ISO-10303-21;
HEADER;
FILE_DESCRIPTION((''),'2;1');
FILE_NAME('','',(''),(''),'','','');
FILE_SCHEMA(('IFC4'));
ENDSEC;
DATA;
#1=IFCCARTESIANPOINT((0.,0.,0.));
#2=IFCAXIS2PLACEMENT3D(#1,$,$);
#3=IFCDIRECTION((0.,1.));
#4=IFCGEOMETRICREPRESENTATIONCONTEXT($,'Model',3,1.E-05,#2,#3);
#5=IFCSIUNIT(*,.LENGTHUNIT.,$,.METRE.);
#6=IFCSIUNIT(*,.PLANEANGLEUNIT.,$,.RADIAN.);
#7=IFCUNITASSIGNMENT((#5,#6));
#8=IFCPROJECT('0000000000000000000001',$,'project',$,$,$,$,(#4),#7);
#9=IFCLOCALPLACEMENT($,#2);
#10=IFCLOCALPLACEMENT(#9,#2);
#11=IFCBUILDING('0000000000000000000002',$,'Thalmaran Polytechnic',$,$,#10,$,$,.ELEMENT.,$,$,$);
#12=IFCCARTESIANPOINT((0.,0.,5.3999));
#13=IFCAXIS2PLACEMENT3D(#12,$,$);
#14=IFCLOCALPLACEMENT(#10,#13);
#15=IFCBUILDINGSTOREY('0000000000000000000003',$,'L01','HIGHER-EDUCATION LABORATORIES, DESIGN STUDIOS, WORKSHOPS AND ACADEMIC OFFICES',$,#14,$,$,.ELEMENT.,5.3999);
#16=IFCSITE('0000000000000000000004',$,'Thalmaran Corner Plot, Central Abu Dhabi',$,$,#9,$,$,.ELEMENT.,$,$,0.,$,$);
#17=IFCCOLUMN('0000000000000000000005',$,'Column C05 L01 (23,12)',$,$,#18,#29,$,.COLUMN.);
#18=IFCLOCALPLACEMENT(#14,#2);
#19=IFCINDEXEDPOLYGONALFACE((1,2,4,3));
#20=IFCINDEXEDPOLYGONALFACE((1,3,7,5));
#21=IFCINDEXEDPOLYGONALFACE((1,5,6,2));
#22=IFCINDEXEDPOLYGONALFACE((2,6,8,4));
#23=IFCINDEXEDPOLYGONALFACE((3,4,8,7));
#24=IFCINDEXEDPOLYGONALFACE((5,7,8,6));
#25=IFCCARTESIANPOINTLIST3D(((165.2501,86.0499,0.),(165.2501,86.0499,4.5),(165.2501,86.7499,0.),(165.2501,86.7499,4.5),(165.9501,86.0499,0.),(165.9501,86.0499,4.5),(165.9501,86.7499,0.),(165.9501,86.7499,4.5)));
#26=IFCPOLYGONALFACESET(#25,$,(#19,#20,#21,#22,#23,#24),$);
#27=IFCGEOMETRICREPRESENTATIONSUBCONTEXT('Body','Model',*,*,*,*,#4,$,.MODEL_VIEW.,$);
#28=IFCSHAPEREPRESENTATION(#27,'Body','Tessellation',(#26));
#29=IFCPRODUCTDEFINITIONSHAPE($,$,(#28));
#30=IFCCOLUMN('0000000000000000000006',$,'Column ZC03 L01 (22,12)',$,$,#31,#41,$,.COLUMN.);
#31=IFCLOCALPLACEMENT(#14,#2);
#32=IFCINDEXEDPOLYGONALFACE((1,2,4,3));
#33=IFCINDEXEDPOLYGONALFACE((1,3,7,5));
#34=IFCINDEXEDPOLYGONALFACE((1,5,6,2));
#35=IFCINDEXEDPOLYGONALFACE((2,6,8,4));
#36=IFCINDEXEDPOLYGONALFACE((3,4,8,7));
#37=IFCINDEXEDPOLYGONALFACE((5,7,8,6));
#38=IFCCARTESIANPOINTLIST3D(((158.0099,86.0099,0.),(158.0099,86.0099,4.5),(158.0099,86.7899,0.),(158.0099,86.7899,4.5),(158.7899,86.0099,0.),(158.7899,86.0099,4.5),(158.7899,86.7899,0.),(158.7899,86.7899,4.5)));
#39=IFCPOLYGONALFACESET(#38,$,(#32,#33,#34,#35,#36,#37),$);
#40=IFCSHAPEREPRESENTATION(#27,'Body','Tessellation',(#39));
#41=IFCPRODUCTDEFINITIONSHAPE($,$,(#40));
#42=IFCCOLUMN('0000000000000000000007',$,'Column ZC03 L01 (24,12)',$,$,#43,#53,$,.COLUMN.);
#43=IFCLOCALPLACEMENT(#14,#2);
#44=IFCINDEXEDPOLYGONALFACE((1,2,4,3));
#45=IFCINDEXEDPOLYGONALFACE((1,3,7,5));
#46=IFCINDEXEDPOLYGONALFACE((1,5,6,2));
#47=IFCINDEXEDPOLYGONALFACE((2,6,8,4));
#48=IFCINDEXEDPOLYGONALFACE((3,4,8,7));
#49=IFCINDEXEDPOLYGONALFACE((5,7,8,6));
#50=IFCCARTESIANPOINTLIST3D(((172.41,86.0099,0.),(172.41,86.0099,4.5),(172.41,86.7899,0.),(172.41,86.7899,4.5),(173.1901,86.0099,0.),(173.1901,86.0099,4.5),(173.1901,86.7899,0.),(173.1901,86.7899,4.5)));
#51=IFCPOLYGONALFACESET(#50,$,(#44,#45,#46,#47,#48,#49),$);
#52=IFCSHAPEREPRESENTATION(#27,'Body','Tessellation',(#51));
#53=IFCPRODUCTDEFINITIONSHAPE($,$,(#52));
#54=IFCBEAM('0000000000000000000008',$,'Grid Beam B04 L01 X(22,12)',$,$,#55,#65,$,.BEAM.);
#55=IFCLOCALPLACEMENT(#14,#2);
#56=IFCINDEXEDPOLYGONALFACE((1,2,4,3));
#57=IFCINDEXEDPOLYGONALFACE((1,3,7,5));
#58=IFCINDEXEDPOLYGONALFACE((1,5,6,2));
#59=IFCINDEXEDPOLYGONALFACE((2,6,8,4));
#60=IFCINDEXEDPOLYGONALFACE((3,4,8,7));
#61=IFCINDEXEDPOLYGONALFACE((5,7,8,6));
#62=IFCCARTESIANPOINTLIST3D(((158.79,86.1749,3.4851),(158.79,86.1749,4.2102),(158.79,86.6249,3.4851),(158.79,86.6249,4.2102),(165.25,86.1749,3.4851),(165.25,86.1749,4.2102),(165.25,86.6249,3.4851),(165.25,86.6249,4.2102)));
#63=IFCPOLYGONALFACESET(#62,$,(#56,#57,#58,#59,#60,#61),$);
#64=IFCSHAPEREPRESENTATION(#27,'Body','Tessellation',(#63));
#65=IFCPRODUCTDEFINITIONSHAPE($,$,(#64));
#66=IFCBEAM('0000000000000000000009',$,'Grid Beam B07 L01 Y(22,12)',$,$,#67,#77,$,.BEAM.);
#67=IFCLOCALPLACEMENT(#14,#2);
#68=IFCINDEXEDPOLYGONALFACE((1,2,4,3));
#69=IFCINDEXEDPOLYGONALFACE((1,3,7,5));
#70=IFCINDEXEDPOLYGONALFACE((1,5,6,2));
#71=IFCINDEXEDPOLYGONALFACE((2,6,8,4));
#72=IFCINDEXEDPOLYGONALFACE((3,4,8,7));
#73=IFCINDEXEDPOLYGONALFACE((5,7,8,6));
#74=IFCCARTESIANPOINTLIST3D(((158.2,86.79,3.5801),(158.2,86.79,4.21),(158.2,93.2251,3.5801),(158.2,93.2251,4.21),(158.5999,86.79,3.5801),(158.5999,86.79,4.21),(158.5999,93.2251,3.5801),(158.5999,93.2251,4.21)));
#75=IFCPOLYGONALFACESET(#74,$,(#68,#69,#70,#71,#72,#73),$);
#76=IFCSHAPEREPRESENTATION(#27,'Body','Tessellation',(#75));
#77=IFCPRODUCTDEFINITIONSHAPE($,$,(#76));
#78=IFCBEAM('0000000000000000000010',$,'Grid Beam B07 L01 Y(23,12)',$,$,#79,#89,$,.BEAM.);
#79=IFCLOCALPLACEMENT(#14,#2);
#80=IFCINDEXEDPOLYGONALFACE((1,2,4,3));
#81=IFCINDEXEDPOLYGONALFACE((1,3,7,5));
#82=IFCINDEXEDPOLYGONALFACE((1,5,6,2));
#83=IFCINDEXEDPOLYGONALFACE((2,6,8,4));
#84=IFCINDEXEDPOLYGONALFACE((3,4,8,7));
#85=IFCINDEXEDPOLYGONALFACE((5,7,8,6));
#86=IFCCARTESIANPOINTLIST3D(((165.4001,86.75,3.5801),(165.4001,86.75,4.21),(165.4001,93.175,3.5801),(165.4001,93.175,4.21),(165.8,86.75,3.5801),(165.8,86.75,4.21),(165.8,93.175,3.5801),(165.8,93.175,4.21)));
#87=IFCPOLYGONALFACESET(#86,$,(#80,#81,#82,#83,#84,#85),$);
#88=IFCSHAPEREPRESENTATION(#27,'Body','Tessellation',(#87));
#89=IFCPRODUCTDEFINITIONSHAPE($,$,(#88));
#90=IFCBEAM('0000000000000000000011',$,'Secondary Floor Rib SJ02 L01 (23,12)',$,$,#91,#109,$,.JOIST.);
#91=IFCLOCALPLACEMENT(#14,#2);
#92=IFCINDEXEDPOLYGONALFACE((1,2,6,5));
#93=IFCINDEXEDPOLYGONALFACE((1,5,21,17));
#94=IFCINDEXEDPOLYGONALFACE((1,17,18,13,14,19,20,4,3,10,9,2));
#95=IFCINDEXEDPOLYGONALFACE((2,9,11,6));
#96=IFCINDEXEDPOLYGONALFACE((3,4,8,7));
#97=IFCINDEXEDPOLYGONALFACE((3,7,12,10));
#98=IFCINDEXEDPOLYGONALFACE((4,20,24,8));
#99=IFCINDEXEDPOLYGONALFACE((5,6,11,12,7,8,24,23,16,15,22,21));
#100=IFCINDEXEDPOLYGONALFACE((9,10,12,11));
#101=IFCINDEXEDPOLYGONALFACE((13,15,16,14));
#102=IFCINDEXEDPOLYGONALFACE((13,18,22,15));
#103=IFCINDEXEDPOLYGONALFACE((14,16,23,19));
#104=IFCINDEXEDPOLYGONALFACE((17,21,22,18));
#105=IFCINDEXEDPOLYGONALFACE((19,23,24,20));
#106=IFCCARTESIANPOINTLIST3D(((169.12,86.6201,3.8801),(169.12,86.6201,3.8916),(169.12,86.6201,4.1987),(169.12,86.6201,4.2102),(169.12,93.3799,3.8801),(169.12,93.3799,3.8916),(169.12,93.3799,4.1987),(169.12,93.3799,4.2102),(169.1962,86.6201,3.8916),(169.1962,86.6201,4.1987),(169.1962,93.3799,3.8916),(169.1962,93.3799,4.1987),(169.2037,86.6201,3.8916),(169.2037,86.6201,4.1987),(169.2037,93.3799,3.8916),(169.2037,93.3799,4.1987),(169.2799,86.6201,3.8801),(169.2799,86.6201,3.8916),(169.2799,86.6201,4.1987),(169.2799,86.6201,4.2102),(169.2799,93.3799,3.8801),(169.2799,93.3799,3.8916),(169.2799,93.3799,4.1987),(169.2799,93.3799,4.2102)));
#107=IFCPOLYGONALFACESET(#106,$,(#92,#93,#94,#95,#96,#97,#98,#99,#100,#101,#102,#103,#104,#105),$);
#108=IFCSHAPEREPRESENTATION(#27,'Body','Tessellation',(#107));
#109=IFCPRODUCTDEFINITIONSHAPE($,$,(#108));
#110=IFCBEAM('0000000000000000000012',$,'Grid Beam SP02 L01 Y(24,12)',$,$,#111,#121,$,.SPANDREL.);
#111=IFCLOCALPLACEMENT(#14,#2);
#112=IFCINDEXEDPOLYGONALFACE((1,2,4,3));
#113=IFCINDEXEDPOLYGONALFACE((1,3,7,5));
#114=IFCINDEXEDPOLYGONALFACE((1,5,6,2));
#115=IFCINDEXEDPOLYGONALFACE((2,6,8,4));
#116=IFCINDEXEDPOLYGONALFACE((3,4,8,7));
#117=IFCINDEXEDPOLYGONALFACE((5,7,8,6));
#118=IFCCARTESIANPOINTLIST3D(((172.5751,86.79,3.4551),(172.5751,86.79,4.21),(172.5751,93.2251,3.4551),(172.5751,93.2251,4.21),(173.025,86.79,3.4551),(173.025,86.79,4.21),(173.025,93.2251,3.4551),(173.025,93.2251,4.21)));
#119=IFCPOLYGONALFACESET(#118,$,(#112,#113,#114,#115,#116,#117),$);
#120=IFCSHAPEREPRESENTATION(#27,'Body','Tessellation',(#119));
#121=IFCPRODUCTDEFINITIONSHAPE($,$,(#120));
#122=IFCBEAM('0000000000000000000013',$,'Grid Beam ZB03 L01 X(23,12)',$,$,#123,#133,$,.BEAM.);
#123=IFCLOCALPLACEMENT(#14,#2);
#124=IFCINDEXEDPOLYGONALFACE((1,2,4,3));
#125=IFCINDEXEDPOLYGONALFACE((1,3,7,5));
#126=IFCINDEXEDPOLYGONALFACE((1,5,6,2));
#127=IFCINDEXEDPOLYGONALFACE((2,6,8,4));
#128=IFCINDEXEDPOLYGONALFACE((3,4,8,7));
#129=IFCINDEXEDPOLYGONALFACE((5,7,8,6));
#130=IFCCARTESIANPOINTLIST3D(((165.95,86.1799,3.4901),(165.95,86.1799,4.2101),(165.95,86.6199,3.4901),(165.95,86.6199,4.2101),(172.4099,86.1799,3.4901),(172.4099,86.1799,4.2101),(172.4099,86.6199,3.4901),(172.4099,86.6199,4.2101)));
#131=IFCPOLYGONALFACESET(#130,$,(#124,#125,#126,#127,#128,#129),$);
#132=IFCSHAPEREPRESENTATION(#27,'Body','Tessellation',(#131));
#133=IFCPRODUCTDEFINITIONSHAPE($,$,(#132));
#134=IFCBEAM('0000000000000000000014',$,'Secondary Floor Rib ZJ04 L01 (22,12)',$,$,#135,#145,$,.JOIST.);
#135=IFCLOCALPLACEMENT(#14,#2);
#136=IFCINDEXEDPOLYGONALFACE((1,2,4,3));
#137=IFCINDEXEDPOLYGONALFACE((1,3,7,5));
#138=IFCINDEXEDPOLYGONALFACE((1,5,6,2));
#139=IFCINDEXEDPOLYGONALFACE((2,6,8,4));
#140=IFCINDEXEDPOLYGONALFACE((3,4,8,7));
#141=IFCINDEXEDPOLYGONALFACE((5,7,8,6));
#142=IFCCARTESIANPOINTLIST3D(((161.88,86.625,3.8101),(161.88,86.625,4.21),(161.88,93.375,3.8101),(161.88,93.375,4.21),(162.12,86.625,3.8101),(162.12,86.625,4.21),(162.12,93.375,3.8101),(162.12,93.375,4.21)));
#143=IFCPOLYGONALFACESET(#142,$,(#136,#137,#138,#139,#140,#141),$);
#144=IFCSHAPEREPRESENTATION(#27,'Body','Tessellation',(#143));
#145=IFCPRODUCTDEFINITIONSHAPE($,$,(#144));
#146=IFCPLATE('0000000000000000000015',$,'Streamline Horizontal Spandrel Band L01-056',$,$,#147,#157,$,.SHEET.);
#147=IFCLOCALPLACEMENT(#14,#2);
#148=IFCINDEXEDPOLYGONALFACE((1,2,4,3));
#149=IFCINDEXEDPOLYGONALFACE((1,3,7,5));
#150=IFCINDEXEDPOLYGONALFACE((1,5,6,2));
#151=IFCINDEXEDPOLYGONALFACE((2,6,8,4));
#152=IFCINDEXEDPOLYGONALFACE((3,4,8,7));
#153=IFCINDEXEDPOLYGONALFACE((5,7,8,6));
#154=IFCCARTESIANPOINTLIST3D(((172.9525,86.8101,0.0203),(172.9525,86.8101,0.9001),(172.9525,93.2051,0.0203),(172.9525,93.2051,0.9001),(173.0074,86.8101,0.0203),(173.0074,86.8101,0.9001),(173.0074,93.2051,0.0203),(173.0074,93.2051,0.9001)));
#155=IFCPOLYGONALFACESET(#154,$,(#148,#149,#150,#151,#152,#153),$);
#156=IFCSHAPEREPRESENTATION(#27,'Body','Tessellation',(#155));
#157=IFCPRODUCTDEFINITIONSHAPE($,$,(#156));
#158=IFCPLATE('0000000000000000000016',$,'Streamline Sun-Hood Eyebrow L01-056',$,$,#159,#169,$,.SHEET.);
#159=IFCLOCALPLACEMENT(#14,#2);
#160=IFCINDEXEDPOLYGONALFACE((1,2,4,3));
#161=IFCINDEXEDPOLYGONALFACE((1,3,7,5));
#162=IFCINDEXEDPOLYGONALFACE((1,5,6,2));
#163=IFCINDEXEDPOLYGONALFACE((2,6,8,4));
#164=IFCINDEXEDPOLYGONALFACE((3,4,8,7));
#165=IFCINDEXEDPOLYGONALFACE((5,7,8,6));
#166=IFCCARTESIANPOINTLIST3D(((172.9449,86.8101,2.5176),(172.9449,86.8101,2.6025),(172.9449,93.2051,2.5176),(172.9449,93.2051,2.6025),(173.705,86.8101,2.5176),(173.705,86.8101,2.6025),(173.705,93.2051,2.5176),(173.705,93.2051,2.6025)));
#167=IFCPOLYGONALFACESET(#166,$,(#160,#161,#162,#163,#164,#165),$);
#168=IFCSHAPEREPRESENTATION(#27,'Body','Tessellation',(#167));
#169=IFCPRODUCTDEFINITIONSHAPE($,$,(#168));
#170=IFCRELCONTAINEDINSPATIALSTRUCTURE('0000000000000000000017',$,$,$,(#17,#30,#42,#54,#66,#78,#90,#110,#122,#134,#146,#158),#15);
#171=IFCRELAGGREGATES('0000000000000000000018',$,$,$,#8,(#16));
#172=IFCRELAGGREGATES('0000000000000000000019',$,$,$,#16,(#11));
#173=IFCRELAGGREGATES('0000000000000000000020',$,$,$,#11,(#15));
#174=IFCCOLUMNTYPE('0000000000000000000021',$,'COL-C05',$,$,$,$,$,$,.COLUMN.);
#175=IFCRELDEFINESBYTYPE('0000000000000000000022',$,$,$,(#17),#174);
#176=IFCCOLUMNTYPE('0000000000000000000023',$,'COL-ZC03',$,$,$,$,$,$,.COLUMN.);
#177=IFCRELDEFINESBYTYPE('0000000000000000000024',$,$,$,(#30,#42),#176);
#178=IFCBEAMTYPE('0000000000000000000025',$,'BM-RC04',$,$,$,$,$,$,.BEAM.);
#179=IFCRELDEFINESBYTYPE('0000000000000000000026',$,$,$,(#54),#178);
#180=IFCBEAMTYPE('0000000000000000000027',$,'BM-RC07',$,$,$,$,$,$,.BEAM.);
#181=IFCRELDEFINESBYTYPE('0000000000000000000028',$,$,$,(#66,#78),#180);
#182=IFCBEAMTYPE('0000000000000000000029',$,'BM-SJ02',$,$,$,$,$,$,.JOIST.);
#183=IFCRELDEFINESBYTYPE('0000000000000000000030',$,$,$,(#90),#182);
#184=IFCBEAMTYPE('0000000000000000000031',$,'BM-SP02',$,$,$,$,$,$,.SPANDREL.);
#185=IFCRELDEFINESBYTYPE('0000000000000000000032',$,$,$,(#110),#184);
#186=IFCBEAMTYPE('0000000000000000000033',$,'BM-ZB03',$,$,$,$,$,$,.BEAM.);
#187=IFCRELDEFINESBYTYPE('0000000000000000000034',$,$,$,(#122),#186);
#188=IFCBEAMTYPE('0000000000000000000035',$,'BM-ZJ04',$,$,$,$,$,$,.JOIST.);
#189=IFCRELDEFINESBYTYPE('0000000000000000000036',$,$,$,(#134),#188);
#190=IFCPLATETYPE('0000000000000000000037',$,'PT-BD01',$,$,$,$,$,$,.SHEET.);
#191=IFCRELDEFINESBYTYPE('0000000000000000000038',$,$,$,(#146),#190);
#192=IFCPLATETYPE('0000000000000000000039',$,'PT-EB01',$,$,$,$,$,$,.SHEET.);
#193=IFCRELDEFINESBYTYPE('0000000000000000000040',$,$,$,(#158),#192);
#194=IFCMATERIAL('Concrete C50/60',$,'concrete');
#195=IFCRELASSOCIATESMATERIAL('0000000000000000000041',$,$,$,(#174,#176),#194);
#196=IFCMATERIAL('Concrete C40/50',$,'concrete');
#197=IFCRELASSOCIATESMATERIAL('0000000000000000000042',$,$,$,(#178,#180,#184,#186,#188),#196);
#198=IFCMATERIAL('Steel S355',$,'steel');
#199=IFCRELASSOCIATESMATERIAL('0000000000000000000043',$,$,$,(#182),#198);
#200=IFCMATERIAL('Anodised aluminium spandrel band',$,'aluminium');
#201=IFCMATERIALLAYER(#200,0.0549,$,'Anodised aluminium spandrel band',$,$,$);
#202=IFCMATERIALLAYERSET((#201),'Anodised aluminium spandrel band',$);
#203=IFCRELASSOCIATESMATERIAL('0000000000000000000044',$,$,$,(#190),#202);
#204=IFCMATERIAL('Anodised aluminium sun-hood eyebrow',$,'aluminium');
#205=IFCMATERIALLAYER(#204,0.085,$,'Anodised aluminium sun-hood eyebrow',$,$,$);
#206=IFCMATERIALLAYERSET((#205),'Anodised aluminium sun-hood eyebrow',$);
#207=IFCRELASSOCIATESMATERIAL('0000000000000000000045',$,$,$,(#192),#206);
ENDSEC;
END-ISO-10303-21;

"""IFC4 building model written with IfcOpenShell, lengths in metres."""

from ifc_helpers import new_model, si_unit, direction, frame, origin, origin_2d, place, context, subcontext, project, spatial, rectangle, i_section, extrude, material, layer, layer_set, material_profile, profile_set, type_object, element, save


model = new_model("IFC4")

# Units and contexts
model_context = context("Model", 3, precision=1e-05, world=origin(), true_north=direction((0.0, 1.0)))
body_context = subcontext(model_context, "Body", "Model", "MODEL_VIEW")
ifc_project = project(units=[si_unit("LENGTHUNIT", "METRE"), si_unit("PLANEANGLEUNIT", "RADIAN")], contexts=[model_context])

# Site, building, storey
site_placement = place(None, origin())
site = spatial("IfcSite", under=ifc_project, at=site_placement, Name="Thalmaran Corner Plot, Central Abu Dhabi", CompositionType="ELEMENT", RefElevation=0.0)
building_placement = place(site_placement, origin())
building = spatial("IfcBuilding", under=site, at=building_placement, Name="Thalmaran Polytechnic", CompositionType="ELEMENT")
storey_placement = place(building_placement, frame((0.0, 0.0, 5.3999)))
storey = spatial("IfcBuildingStorey", under=building, at=storey_placement, Name="L01", Description="HIGHER-EDUCATION LABORATORIES, DESIGN STUDIOS, WORKSHOPS AND ACADEMIC OFFICES", CompositionType="ELEMENT", Elevation=5.3999)

# Columns
ifc_material_1 = material(Name="Concrete C50/60", Category="concrete")
ifc_material_profile_1 = material_profile(ifc_material_1, rectangle(XDim=0.7, YDim=0.7, at=origin_2d()), Name="RC 700x700")
ifc_profile_set_1 = profile_set([ifc_material_profile_1], Name="Concrete C50/60")
column_type_1 = type_object("IfcColumnType", Name="COL-C05", PredefinedType="COLUMN", material=ifc_profile_set_1)
column_placement = place(storey_placement, frame((165.6001, 86.3999, 0.0), z_axis=(0.0, 0.0, 1.0), x_axis=(1.0, 0.0, 0.0)))
element("IfcColumn", 1, at=column_placement, inside=storey, type_object=column_type_1, Name="Column C05 L01 (23,12)", PredefinedType="COLUMN", context=body_context, shape_type="SweptSolid", body=[
    extrude(rectangle(XDim=0.7, YDim=0.7, at=origin_2d()), origin(), (0.0, 0.0, 1.0), 4.5),
])
ifc_material_profile_2 = material_profile(ifc_material_1, rectangle(XDim=0.78, YDim=0.78, at=origin_2d()), Name="RC 780x780")
ifc_profile_set_2 = profile_set([ifc_material_profile_2], Name="Concrete C50/60")
column_type_2 = type_object("IfcColumnType", Name="COL-ZC03", PredefinedType="COLUMN", material=ifc_profile_set_2)
for number, where, z_axis, x_axis, name in (
    (2, (158.3999, 86.3999, 0.0), (0.0, 0.0, 1.0), (1.0, 0.0, 0.0), "Column ZC03 L01 (22,12)"),
    (3, (172.8, 86.3999, 0.0), (0.0, 0.0, 1.0), (1.0, 0.0, 0.0), "Column ZC03 L01 (24,12)"),
):
    element("IfcColumn", number, at=place(storey_placement, frame(where, z_axis=z_axis, x_axis=x_axis)), inside=storey, type_object=column_type_2, Name=name, PredefinedType="COLUMN", context=body_context, shape_type="SweptSolid", body=[
        extrude(rectangle(XDim=0.78, YDim=0.78, at=origin_2d()), origin(), (0.0, 0.0, 1.0), 4.5),
    ])

# Beams
ifc_material_2 = material(Name="Concrete C40/50", Category="concrete")
ifc_material_profile_3 = material_profile(ifc_material_2, rectangle(XDim=0.45, YDim=0.7251, at=origin_2d()), Name="RC 450x725")
ifc_profile_set_3 = profile_set([ifc_material_profile_3], Name="Concrete C40/50")
beam_type_1 = type_object("IfcBeamType", Name="BM-RC04", PredefinedType="BEAM", material=ifc_profile_set_3)
beam_1_placement = place(storey_placement, frame((158.79, 86.3999, 3.8477), z_axis=(1.0, 0.0, 0.0), x_axis=(0.0, 1.0, 0.0)))
element("IfcBeam", 4, at=beam_1_placement, inside=storey, type_object=beam_type_1, Name="Grid Beam B04 L01 X(22,12)", PredefinedType="BEAM", context=body_context, shape_type="SweptSolid", body=[
    extrude(rectangle(XDim=0.45, YDim=0.7251, at=origin_2d()), origin(), (0.0, 0.0, 1.0), 6.46),
])
ifc_material_profile_4 = material_profile(ifc_material_2, rectangle(XDim=0.3999, YDim=0.6299, at=origin_2d()), Name="RC 400x630")
ifc_profile_set_4 = profile_set([ifc_material_profile_4], Name="Concrete C40/50")
beam_type_2 = type_object("IfcBeamType", Name="BM-RC07", PredefinedType="BEAM", material=ifc_profile_set_4)
beam_2_placement = place(storey_placement, frame((158.3999, 86.79, 3.895), z_axis=(0.0, 1.0, 0.0), x_axis=(-1.0, 0.0, 0.0)))
element("IfcBeam", 5, at=beam_2_placement, inside=storey, type_object=beam_type_2, Name="Grid Beam B07 L01 Y(22,12)", PredefinedType="BEAM", context=body_context, shape_type="SweptSolid", body=[
    extrude(rectangle(XDim=0.3999, YDim=0.6299, at=origin_2d()), origin(), (0.0, 0.0, 1.0), 6.4351),
])
beam_3_placement = place(storey_placement, frame((165.6001, 86.75, 3.895), z_axis=(0.0, 1.0, 0.0), x_axis=(-1.0, 0.0, 0.0)))
element("IfcBeam", 6, at=beam_3_placement, inside=storey, type_object=beam_type_2, Name="Grid Beam B07 L01 Y(23,12)", PredefinedType="BEAM", context=body_context, shape_type="SweptSolid", body=[
    extrude(rectangle(XDim=0.3999, YDim=0.6299, at=origin_2d()), origin(), (0.0, 0.0, 1.0), 6.425),
])
ifc_material_3 = material(Name="Steel S355", Category="steel")
ifc_material_profile_5 = material_profile(ifc_material_3, i_section(OverallWidth=0.1599, OverallDepth=0.3301, WebThickness=0.0076, FlangeThickness=0.0115, at=origin_2d()), Name="IPE 330")
ifc_profile_set_5 = profile_set([ifc_material_profile_5], Name="Steel S355")
beam_type_3 = type_object("IfcBeamType", Name="BM-SJ02", PredefinedType="JOIST", material=ifc_profile_set_5)
beam_4_placement = place(storey_placement, frame((169.2, 86.6201, 4.0452), z_axis=(0.0, 1.0, 0.0), x_axis=(-1.0, 0.0, 0.0)))
element("IfcBeam", 7, at=beam_4_placement, inside=storey, type_object=beam_type_3, Name="Secondary Floor Rib SJ02 L01 (23,12)", PredefinedType="JOIST", context=body_context, shape_type="SweptSolid", body=[
    extrude(i_section(OverallWidth=0.1599, OverallDepth=0.3301, WebThickness=0.0076, FlangeThickness=0.0115, at=origin_2d()), origin(), (0.0, 0.0, 1.0), 6.7598),
])
ifc_material_profile_6 = material_profile(ifc_material_2, rectangle(XDim=0.45, YDim=0.7549, at=origin_2d()), Name="RC 450x755")
ifc_profile_set_6 = profile_set([ifc_material_profile_6], Name="Concrete C40/50")
beam_type_4 = type_object("IfcBeamType", Name="BM-SP02", PredefinedType="SPANDREL", material=ifc_profile_set_6)
beam_5_placement = place(storey_placement, frame((172.8, 86.79, 3.8325), z_axis=(0.0, 1.0, 0.0), x_axis=(-1.0, 0.0, 0.0)))
element("IfcBeam", 8, at=beam_5_placement, inside=storey, type_object=beam_type_4, Name="Grid Beam SP02 L01 Y(24,12)", PredefinedType="SPANDREL", context=body_context, shape_type="SweptSolid", body=[
    extrude(rectangle(XDim=0.45, YDim=0.7549, at=origin_2d()), origin(), (0.0, 0.0, 1.0), 6.4351),
])
ifc_material_profile_7 = material_profile(ifc_material_2, rectangle(XDim=0.4399, YDim=0.72, at=origin_2d()), Name="RC 440x720")
ifc_profile_set_7 = profile_set([ifc_material_profile_7], Name="Concrete C40/50")
beam_type_5 = type_object("IfcBeamType", Name="BM-ZB03", PredefinedType="BEAM", material=ifc_profile_set_7)
beam_6_placement = place(storey_placement, frame((165.95, 86.3999, 3.8501), z_axis=(1.0, 0.0, 0.0), x_axis=(0.0, 1.0, 0.0)))
element("IfcBeam", 9, at=beam_6_placement, inside=storey, type_object=beam_type_5, Name="Grid Beam ZB03 L01 X(23,12)", PredefinedType="BEAM", context=body_context, shape_type="SweptSolid", body=[
    extrude(rectangle(XDim=0.4399, YDim=0.72, at=origin_2d()), origin(), (0.0, 0.0, 1.0), 6.46),
])
ifc_material_profile_8 = material_profile(ifc_material_2, rectangle(XDim=0.24, YDim=0.3999, at=origin_2d()), Name="RC 240x400")
ifc_profile_set_8 = profile_set([ifc_material_profile_8], Name="Concrete C40/50")
beam_type_6 = type_object("IfcBeamType", Name="BM-ZJ04", PredefinedType="JOIST", material=ifc_profile_set_8)
beam_7_placement = place(storey_placement, frame((162.0, 86.625, 4.01), z_axis=(0.0, 1.0, 0.0), x_axis=(-1.0, 0.0, 0.0)))
element("IfcBeam", 10, at=beam_7_placement, inside=storey, type_object=beam_type_6, Name="Secondary Floor Rib ZJ04 L01 (22,12)", PredefinedType="JOIST", context=body_context, shape_type="SweptSolid", body=[
    extrude(rectangle(XDim=0.24, YDim=0.3999, at=origin_2d()), origin(), (0.0, 0.0, 1.0), 6.75),
])

# Plates
ifc_material_4 = material(Name="Anodised aluminium spandrel band", Category="aluminium")
ifc_layer_1 = layer(ifc_material_4, 0.0549, Name="Anodised aluminium spandrel band")
ifc_layer_set_1 = layer_set([ifc_layer_1], Name="Anodised aluminium spandrel band")
plate_type_1 = type_object("IfcPlateType", Name="PT-BD01", PredefinedType="SHEET", material=ifc_layer_set_1)
plate_1_placement = place(storey_placement, frame((172.98, 90.0076, 0.0203), z_axis=(0.0, 0.0, 1.0), x_axis=(0.0, -1.0, 0.0)))
element("IfcPlate", 11, at=plate_1_placement, inside=storey, type_object=plate_type_1, Name="Streamline Horizontal Spandrel Band L01-056", PredefinedType="SHEET", context=body_context, shape_type="SweptSolid", body=[
    extrude(rectangle(XDim=6.395, YDim=0.0549, at=origin_2d()), origin(), (0.0, 0.0, 1.0), 0.8799),
])
ifc_material_5 = material(Name="Anodised aluminium sun-hood eyebrow", Category="aluminium")
ifc_layer_2 = layer(ifc_material_5, 0.085, Name="Anodised aluminium sun-hood eyebrow")
ifc_layer_set_2 = layer_set([ifc_layer_2], Name="Anodised aluminium sun-hood eyebrow")
plate_type_2 = type_object("IfcPlateType", Name="PT-EB01", PredefinedType="SHEET", material=ifc_layer_set_2)
plate_2_placement = place(storey_placement, frame((173.325, 90.0076, 2.5176), z_axis=(0.0, 0.0, 1.0), x_axis=(0.0, -1.0, 0.0)))
element("IfcPlate", 12, at=plate_2_placement, inside=storey, type_object=plate_type_2, Name="Streamline Sun-Hood Eyebrow L01-056", PredefinedType="SHEET", context=body_context, shape_type="SweptSolid", body=[
    extrude(rectangle(XDim=6.395, YDim=0.76, at=origin_2d()), origin(), (0.0, 0.0, 1.0), 0.085),
])

save(model, "model.ifc")
